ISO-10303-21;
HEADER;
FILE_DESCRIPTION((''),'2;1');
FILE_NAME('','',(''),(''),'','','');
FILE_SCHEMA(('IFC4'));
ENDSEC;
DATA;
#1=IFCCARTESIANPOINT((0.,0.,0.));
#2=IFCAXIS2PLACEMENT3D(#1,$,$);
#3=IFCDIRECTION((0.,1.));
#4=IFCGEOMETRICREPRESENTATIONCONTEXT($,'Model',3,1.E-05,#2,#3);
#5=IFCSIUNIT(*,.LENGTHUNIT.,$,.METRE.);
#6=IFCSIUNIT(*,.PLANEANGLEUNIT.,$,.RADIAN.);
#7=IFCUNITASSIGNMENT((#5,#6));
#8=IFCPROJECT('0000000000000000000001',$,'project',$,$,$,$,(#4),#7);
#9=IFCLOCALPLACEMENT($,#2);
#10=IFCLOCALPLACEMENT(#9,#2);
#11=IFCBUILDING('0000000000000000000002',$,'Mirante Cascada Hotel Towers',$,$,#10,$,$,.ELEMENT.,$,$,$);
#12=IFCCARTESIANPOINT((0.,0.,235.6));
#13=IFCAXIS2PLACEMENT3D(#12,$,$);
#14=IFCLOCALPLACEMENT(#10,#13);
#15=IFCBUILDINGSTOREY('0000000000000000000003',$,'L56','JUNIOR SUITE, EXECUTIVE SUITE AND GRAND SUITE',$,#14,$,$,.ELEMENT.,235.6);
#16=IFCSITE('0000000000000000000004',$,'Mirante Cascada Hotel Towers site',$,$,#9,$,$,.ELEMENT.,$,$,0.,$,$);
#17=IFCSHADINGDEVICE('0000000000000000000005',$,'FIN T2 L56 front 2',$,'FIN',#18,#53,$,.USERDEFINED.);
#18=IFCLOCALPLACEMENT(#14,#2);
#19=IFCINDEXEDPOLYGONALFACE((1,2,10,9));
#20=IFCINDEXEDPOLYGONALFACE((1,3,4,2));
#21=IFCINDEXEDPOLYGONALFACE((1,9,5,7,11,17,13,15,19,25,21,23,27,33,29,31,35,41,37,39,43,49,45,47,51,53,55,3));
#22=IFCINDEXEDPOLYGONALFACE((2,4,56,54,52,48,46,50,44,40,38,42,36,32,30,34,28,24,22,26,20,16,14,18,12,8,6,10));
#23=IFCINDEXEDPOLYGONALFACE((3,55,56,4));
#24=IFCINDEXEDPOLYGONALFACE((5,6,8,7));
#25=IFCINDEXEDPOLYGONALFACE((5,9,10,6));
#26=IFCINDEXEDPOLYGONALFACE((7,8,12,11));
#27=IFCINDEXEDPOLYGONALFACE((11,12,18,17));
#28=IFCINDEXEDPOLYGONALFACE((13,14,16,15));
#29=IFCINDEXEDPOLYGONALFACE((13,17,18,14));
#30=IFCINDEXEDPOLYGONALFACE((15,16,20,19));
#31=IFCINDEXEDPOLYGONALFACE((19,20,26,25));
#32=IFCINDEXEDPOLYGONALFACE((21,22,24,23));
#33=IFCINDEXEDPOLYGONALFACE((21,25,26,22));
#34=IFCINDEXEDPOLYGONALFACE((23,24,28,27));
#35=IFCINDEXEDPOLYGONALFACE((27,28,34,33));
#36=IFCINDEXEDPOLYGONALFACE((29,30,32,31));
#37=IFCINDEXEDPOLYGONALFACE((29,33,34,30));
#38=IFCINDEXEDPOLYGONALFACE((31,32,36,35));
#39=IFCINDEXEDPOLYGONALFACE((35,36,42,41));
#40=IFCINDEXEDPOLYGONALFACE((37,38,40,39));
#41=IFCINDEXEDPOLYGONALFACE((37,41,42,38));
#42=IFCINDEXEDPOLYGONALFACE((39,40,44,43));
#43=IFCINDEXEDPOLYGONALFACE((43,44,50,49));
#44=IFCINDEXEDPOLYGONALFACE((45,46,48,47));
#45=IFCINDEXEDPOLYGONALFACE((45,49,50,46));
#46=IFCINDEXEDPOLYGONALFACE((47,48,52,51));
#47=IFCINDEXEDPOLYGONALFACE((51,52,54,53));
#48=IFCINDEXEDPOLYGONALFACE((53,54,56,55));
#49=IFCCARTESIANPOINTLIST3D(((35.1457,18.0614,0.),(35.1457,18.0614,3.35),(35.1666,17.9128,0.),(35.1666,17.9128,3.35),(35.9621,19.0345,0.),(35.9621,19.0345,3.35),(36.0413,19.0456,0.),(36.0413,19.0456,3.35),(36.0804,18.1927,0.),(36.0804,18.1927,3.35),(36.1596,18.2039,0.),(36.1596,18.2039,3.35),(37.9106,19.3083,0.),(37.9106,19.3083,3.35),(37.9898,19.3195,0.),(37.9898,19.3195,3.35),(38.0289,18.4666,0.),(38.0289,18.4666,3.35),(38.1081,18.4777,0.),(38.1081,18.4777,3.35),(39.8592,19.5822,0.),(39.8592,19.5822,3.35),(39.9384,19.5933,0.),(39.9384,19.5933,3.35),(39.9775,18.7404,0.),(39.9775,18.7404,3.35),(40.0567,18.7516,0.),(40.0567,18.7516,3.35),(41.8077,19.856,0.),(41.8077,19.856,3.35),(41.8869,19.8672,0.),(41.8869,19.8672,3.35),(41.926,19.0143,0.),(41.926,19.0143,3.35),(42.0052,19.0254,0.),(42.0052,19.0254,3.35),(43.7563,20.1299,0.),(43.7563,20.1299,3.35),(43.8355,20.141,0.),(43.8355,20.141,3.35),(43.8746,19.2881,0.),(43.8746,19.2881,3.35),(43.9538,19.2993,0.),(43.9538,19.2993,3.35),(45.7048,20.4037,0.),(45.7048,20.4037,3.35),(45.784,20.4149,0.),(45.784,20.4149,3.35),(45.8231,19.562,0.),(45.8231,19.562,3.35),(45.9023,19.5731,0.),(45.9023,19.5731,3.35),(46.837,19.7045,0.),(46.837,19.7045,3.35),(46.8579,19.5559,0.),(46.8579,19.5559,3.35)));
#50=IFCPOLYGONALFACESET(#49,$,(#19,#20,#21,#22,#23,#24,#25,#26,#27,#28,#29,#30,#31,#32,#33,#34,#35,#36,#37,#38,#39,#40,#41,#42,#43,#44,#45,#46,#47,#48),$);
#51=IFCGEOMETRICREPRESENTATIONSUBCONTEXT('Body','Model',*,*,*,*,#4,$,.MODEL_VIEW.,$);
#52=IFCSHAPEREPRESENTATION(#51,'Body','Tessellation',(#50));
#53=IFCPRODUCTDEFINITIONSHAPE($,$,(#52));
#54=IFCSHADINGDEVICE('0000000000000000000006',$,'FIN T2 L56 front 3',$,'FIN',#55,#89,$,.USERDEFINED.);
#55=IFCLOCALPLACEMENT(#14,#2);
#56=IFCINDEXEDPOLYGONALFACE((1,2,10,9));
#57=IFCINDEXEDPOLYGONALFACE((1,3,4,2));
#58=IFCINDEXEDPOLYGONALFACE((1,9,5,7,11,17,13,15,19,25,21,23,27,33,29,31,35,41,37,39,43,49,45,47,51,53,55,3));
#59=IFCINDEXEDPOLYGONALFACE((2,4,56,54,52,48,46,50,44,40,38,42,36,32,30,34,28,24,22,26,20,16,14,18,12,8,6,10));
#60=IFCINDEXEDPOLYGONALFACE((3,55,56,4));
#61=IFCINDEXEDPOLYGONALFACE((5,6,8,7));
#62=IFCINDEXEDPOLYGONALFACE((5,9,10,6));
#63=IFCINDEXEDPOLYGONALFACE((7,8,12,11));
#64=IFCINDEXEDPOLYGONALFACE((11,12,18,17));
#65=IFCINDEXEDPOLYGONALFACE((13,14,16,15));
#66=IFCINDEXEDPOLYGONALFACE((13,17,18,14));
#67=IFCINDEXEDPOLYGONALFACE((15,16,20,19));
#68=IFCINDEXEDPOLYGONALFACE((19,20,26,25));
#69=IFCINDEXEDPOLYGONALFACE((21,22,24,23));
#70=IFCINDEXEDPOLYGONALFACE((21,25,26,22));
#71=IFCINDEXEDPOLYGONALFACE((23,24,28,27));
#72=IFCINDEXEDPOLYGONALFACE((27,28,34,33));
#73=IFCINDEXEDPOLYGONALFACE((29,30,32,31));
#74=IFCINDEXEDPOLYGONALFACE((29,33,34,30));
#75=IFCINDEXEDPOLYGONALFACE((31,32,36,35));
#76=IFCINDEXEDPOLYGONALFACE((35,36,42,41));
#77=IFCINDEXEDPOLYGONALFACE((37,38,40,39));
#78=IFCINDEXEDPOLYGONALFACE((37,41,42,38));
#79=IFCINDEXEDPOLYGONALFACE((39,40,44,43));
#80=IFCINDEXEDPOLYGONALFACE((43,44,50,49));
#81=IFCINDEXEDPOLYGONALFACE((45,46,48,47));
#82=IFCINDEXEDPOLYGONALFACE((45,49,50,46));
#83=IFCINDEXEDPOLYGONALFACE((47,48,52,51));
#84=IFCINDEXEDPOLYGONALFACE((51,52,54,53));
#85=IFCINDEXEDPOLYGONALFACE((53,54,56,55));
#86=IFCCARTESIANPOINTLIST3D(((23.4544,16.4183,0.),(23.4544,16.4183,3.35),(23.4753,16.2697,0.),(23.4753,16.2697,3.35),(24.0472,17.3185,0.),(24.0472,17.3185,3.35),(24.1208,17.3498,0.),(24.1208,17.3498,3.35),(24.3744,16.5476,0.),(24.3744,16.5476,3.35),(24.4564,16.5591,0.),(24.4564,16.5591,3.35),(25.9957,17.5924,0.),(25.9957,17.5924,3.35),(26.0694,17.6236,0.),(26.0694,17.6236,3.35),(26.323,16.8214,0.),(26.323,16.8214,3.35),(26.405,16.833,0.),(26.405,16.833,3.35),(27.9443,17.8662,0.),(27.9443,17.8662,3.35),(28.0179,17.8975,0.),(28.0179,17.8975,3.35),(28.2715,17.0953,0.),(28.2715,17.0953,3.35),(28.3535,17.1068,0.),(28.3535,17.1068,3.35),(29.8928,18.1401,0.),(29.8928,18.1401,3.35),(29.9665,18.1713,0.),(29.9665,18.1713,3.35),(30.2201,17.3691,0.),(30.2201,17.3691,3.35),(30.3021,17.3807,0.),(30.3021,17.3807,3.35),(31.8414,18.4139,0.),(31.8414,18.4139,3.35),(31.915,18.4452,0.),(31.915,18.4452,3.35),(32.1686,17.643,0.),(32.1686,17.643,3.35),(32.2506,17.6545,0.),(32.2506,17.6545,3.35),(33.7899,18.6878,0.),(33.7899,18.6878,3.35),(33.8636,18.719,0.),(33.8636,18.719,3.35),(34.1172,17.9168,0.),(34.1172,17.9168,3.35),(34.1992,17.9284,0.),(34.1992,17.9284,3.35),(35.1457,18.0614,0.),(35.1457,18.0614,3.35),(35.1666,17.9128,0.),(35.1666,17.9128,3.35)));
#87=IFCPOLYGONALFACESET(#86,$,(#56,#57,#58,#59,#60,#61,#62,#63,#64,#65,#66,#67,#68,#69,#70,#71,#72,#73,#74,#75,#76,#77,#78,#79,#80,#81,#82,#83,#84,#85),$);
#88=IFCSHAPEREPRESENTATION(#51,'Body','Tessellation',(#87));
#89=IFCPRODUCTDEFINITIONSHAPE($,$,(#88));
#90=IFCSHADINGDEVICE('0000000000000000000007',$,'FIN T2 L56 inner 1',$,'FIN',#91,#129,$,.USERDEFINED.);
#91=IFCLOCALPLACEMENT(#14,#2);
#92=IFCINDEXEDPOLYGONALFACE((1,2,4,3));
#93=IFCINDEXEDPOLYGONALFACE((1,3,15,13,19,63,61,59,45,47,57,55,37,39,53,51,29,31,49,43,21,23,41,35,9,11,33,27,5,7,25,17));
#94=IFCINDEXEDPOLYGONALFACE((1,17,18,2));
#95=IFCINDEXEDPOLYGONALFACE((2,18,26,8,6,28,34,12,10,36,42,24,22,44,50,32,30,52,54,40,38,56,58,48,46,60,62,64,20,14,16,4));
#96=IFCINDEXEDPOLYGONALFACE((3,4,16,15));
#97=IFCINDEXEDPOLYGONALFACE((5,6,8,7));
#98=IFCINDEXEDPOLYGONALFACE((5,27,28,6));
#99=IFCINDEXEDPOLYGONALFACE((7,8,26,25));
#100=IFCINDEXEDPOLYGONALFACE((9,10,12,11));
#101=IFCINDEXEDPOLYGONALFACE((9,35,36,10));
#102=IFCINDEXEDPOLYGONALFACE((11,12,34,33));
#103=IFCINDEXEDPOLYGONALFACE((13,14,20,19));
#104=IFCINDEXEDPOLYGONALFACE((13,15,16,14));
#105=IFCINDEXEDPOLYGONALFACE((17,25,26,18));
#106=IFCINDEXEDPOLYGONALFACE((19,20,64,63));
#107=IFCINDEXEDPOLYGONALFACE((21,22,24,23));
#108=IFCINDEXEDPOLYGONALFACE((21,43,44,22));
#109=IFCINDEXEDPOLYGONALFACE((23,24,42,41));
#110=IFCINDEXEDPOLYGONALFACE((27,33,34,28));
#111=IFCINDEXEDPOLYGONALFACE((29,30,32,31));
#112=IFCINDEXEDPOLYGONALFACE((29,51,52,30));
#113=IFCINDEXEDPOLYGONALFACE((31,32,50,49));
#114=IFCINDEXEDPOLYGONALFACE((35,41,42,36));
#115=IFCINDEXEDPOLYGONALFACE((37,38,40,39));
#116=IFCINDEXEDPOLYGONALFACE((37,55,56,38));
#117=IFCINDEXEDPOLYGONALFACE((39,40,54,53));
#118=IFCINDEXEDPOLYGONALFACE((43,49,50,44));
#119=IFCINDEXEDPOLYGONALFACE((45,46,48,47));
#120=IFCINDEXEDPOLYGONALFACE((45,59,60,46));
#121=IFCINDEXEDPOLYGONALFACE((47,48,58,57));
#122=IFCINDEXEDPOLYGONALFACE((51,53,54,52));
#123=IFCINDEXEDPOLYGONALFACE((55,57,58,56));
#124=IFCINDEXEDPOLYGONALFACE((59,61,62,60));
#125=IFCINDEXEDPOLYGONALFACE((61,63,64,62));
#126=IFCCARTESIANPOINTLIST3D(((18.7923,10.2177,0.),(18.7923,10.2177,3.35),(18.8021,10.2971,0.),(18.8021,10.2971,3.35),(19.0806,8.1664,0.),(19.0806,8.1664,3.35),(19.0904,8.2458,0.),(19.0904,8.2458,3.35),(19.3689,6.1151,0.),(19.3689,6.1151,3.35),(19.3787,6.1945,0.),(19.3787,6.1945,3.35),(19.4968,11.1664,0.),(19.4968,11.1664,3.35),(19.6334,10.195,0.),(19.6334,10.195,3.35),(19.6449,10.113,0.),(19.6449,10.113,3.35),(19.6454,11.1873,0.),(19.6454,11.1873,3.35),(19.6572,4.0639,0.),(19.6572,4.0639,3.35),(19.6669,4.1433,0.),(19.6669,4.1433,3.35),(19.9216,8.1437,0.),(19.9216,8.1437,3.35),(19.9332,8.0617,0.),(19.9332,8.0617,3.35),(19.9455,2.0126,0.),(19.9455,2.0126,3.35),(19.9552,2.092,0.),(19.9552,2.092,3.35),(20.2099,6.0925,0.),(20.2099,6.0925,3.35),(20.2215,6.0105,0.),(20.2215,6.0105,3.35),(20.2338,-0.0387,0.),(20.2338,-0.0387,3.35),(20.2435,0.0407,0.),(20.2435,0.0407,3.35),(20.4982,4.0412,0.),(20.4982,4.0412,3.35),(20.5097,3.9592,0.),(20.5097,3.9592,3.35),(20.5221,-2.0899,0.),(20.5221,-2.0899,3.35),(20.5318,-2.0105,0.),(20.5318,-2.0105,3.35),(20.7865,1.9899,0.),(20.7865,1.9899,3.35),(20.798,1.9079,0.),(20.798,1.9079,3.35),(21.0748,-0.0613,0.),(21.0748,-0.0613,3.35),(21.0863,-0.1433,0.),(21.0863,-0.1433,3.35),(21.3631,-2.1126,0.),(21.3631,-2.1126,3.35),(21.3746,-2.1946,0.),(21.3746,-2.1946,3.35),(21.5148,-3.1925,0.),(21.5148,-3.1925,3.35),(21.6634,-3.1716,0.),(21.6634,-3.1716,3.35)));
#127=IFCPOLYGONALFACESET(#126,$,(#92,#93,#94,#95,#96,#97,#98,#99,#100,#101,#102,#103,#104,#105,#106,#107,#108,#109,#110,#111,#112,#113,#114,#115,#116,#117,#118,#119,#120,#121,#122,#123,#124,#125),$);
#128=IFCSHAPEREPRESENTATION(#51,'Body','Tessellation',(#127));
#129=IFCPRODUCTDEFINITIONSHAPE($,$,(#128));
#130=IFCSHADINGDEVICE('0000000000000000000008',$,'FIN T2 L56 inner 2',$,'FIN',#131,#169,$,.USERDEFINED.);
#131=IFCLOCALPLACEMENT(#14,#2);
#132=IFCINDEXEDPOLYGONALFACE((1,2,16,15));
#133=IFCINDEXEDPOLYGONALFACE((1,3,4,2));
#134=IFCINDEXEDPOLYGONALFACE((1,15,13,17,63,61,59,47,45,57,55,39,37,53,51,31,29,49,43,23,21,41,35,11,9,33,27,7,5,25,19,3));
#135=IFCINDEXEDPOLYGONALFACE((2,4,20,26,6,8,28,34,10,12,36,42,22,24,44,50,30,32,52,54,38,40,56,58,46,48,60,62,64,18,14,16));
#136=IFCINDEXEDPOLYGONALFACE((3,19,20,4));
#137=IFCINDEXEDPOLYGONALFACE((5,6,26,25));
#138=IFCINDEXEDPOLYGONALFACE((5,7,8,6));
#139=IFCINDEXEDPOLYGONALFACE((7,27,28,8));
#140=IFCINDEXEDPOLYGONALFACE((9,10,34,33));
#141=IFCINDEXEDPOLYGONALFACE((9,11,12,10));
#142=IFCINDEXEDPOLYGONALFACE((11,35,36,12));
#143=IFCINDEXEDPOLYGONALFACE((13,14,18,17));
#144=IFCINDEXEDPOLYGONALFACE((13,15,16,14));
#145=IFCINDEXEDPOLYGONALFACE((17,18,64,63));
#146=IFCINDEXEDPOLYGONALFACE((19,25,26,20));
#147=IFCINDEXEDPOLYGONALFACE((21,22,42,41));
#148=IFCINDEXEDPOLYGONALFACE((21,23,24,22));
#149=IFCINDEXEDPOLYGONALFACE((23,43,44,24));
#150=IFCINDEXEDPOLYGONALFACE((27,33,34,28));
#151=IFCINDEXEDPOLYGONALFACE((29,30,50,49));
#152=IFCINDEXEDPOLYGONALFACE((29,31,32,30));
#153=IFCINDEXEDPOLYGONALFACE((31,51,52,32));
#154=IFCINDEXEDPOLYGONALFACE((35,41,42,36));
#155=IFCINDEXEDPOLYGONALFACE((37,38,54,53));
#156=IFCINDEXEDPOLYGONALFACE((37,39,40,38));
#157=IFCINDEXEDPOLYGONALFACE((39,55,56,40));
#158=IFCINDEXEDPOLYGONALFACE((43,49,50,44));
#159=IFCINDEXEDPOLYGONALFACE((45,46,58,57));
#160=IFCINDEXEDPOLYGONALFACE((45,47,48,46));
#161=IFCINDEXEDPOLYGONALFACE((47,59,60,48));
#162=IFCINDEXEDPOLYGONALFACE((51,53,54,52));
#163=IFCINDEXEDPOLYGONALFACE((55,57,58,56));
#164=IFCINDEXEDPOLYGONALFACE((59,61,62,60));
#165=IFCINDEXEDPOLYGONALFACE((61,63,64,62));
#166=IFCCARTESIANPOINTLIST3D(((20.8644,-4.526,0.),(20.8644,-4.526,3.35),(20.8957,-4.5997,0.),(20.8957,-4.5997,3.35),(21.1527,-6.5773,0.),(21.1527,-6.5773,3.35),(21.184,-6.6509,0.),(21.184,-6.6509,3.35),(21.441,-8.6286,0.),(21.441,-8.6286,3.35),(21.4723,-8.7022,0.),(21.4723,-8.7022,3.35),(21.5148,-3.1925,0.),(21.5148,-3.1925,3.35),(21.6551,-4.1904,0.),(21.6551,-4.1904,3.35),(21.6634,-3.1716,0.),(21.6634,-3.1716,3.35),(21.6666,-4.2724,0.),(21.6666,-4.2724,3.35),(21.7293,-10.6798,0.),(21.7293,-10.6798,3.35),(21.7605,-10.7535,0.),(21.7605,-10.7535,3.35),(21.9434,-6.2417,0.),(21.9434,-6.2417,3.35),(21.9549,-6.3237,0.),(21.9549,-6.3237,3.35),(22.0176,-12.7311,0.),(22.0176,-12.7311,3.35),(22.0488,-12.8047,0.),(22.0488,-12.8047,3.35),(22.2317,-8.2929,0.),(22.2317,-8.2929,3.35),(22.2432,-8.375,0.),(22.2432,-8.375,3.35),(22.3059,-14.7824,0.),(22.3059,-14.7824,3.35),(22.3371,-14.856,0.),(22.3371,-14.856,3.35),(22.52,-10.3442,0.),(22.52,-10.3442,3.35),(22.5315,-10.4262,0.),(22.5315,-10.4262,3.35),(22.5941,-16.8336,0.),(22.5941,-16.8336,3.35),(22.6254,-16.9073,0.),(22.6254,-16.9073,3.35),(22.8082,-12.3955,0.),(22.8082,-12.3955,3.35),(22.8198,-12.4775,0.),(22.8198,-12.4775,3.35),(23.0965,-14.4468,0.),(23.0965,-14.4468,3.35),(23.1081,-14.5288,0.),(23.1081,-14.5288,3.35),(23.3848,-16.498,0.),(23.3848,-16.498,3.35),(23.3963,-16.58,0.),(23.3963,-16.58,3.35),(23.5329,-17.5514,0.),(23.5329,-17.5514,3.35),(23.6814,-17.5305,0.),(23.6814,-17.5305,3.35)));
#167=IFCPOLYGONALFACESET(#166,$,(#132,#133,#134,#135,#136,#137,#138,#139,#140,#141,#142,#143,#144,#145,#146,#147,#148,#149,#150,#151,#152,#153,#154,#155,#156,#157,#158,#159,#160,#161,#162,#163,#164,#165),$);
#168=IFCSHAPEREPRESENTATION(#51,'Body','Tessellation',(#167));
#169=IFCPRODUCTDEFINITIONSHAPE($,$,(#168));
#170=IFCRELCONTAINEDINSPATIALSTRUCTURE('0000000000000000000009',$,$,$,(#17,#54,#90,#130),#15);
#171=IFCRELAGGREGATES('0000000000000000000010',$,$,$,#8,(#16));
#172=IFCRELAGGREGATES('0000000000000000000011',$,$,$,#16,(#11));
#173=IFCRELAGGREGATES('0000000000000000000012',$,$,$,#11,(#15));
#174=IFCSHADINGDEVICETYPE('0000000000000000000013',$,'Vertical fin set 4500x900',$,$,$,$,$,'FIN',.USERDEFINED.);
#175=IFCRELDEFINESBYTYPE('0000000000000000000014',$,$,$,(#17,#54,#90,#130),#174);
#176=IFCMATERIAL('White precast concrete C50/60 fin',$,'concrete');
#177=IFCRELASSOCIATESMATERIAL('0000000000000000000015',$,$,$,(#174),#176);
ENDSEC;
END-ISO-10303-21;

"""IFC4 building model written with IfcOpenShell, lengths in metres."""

from ifc_helpers import new_model, si_unit, direction, frame, origin, place, context, subcontext, project, spatial, polyline, outline, extrude, material, type_object, element, save


model = new_model("IFC4")

# Units and contexts
model_context = context("Model", 3, precision=1e-05, world=origin(), true_north=direction((0.0, 1.0)))
body_context = subcontext(model_context, "Body", "Model", "MODEL_VIEW")
ifc_project = project(units=[si_unit("LENGTHUNIT", "METRE"), si_unit("PLANEANGLEUNIT", "RADIAN")], contexts=[model_context])

# Site, building, storey
site_placement = place(None, origin())
site = spatial("IfcSite", under=ifc_project, at=site_placement, Name="Mirante Cascada Hotel Towers site", CompositionType="ELEMENT", RefElevation=0.0)
building_placement = place(site_placement, origin())
building = spatial("IfcBuilding", under=site, at=building_placement, Name="Mirante Cascada Hotel Towers", CompositionType="ELEMENT")
storey_placement = place(building_placement, frame((0.0, 0.0, 235.6)))
storey = spatial("IfcBuildingStorey", under=building, at=storey_placement, Name="L56", Description="JUNIOR SUITE, EXECUTIVE SUITE AND GRAND SUITE", CompositionType="ELEMENT", Elevation=235.6)

# Shading devices
ifc_material_1 = material(Name="White precast concrete C50/60 fin", Category="concrete")
shading_device_type = type_object("IfcShadingDeviceType", Name="Vertical fin set 4500x900", ElementType="FIN", PredefinedType="USERDEFINED", material=ifc_material_1)
shading_device_1_placement = place(storey_placement, origin())
element("IfcShadingDevice", 1, at=shading_device_1_placement, inside=storey, type_object=shading_device_type, Name="FIN T2 L56 front 2", ObjectType="FIN", PredefinedType="USERDEFINED", context=body_context, shape_type="SweptSolid", body=[
    extrude(outline(polyline([(36.0413, 19.0456), (36.1596, 18.2039), (38.0289, 18.4666), (37.9106, 19.3083), (37.9898, 19.3195), (38.1081, 18.4777), (39.9775, 18.7404), (39.8592, 19.5822), (39.9384, 19.5933), (40.0567, 18.7516), (41.926, 19.0143), (41.8077, 19.856), (41.8869, 19.8672), (42.0052, 19.0254), (43.8746, 19.2881), (43.7563, 20.1299), (43.8355, 20.141), (43.9538, 19.2993), (45.8231, 19.562), (45.7048, 20.4037), (45.784, 20.4149), (45.9023, 19.5731), (46.837, 19.7045), (46.8579, 19.5559), (35.1666, 17.9128), (35.1457, 18.0614), (36.0804, 18.1927), (35.9621, 19.0345), (36.0413, 19.0456)])), origin(), (0.0, 0.0, 1.0), 3.35),
])
shading_device_2_placement = place(storey_placement, origin())
element("IfcShadingDevice", 2, at=shading_device_2_placement, inside=storey, type_object=shading_device_type, Name="FIN T2 L56 front 3", ObjectType="FIN", PredefinedType="USERDEFINED", context=body_context, shape_type="SweptSolid", body=[
    extrude(outline(polyline([(24.1208, 17.3498), (24.4564, 16.5591), (26.323, 16.8214), (25.9957, 17.5924), (26.0694, 17.6236), (26.405, 16.833), (28.2715, 17.0953), (27.9443, 17.8662), (28.0179, 17.8975), (28.3535, 17.1068), (30.2201, 17.3691), (29.8928, 18.1401), (29.9665, 18.1713), (30.3021, 17.3807), (32.1686, 17.643), (31.8414, 18.4139), (31.915, 18.4452), (32.2506, 17.6545), (34.1172, 17.9168), (33.7899, 18.6878), (33.8636, 18.719), (34.1992, 17.9284), (35.1457, 18.0614), (35.1666, 17.9128), (23.4753, 16.2697), (23.4544, 16.4183), (24.3744, 16.5476), (24.0472, 17.3185), (24.1208, 17.3498)])), origin(), (0.0, 0.0, 1.0), 3.35),
])
shading_device_3_placement = place(storey_placement, origin())
element("IfcShadingDevice", 3, at=shading_device_3_placement, inside=storey, type_object=shading_device_type, Name="FIN T2 L56 inner 1", ObjectType="FIN", PredefinedType="USERDEFINED", context=body_context, shape_type="SweptSolid", body=[
    extrude(outline(polyline([(20.5318, -2.0105), (21.3631, -2.1126), (21.0863, -0.1433), (20.2338, -0.0387), (20.2435, 0.0407), (21.0748, -0.0613), (20.798, 1.9079), (19.9455, 2.0126), (19.9552, 2.092), (20.7865, 1.9899), (20.5097, 3.9592), (19.6572, 4.0639), (19.6669, 4.1433), (20.4982, 4.0412), (20.2215, 6.0105), (19.3689, 6.1151), (19.3787, 6.1945), (20.2099, 6.0925), (19.9332, 8.0617), (19.0806, 8.1664), (19.0904, 8.2458), (19.9216, 8.1437), (19.6449, 10.113), (18.7923, 10.2177), (18.8021, 10.2971), (19.6334, 10.195), (19.4968, 11.1664), (19.6454, 11.1873), (21.6634, -3.1716), (21.5148, -3.1925), (21.3746, -2.1946), (20.5221, -2.0899), (20.5318, -2.0105)])), origin(), (0.0, 0.0, 1.0), 3.35),
])
shading_device_4_placement = place(storey_placement, origin())
element("IfcShadingDevice", 4, at=shading_device_4_placement, inside=storey, type_object=shading_device_type, Name="FIN T2 L56 inner 2", ObjectType="FIN", PredefinedType="USERDEFINED", context=body_context, shape_type="SweptSolid", body=[
    extrude(outline(polyline([(22.5941, -16.8336), (23.3848, -16.498), (23.1081, -14.5288), (22.3371, -14.856), (22.3059, -14.7824), (23.0965, -14.4468), (22.8198, -12.4775), (22.0488, -12.8047), (22.0176, -12.7311), (22.8082, -12.3955), (22.5315, -10.4262), (21.7605, -10.7535), (21.7293, -10.6798), (22.52, -10.3442), (22.2432, -8.375), (21.4723, -8.7022), (21.441, -8.6286), (22.2317, -8.2929), (21.9549, -6.3237), (21.184, -6.6509), (21.1527, -6.5773), (21.9434, -6.2417), (21.6666, -4.2724), (20.8957, -4.5997), (20.8644, -4.526), (21.6551, -4.1904), (21.5148, -3.1925), (21.6634, -3.1716), (23.6814, -17.5305), (23.5329, -17.5514), (23.3963, -16.58), (22.6254, -16.9073), (22.5941, -16.8336)])), origin(), (0.0, 0.0, 1.0), 3.35),
])

save(model, "model.ifc")
